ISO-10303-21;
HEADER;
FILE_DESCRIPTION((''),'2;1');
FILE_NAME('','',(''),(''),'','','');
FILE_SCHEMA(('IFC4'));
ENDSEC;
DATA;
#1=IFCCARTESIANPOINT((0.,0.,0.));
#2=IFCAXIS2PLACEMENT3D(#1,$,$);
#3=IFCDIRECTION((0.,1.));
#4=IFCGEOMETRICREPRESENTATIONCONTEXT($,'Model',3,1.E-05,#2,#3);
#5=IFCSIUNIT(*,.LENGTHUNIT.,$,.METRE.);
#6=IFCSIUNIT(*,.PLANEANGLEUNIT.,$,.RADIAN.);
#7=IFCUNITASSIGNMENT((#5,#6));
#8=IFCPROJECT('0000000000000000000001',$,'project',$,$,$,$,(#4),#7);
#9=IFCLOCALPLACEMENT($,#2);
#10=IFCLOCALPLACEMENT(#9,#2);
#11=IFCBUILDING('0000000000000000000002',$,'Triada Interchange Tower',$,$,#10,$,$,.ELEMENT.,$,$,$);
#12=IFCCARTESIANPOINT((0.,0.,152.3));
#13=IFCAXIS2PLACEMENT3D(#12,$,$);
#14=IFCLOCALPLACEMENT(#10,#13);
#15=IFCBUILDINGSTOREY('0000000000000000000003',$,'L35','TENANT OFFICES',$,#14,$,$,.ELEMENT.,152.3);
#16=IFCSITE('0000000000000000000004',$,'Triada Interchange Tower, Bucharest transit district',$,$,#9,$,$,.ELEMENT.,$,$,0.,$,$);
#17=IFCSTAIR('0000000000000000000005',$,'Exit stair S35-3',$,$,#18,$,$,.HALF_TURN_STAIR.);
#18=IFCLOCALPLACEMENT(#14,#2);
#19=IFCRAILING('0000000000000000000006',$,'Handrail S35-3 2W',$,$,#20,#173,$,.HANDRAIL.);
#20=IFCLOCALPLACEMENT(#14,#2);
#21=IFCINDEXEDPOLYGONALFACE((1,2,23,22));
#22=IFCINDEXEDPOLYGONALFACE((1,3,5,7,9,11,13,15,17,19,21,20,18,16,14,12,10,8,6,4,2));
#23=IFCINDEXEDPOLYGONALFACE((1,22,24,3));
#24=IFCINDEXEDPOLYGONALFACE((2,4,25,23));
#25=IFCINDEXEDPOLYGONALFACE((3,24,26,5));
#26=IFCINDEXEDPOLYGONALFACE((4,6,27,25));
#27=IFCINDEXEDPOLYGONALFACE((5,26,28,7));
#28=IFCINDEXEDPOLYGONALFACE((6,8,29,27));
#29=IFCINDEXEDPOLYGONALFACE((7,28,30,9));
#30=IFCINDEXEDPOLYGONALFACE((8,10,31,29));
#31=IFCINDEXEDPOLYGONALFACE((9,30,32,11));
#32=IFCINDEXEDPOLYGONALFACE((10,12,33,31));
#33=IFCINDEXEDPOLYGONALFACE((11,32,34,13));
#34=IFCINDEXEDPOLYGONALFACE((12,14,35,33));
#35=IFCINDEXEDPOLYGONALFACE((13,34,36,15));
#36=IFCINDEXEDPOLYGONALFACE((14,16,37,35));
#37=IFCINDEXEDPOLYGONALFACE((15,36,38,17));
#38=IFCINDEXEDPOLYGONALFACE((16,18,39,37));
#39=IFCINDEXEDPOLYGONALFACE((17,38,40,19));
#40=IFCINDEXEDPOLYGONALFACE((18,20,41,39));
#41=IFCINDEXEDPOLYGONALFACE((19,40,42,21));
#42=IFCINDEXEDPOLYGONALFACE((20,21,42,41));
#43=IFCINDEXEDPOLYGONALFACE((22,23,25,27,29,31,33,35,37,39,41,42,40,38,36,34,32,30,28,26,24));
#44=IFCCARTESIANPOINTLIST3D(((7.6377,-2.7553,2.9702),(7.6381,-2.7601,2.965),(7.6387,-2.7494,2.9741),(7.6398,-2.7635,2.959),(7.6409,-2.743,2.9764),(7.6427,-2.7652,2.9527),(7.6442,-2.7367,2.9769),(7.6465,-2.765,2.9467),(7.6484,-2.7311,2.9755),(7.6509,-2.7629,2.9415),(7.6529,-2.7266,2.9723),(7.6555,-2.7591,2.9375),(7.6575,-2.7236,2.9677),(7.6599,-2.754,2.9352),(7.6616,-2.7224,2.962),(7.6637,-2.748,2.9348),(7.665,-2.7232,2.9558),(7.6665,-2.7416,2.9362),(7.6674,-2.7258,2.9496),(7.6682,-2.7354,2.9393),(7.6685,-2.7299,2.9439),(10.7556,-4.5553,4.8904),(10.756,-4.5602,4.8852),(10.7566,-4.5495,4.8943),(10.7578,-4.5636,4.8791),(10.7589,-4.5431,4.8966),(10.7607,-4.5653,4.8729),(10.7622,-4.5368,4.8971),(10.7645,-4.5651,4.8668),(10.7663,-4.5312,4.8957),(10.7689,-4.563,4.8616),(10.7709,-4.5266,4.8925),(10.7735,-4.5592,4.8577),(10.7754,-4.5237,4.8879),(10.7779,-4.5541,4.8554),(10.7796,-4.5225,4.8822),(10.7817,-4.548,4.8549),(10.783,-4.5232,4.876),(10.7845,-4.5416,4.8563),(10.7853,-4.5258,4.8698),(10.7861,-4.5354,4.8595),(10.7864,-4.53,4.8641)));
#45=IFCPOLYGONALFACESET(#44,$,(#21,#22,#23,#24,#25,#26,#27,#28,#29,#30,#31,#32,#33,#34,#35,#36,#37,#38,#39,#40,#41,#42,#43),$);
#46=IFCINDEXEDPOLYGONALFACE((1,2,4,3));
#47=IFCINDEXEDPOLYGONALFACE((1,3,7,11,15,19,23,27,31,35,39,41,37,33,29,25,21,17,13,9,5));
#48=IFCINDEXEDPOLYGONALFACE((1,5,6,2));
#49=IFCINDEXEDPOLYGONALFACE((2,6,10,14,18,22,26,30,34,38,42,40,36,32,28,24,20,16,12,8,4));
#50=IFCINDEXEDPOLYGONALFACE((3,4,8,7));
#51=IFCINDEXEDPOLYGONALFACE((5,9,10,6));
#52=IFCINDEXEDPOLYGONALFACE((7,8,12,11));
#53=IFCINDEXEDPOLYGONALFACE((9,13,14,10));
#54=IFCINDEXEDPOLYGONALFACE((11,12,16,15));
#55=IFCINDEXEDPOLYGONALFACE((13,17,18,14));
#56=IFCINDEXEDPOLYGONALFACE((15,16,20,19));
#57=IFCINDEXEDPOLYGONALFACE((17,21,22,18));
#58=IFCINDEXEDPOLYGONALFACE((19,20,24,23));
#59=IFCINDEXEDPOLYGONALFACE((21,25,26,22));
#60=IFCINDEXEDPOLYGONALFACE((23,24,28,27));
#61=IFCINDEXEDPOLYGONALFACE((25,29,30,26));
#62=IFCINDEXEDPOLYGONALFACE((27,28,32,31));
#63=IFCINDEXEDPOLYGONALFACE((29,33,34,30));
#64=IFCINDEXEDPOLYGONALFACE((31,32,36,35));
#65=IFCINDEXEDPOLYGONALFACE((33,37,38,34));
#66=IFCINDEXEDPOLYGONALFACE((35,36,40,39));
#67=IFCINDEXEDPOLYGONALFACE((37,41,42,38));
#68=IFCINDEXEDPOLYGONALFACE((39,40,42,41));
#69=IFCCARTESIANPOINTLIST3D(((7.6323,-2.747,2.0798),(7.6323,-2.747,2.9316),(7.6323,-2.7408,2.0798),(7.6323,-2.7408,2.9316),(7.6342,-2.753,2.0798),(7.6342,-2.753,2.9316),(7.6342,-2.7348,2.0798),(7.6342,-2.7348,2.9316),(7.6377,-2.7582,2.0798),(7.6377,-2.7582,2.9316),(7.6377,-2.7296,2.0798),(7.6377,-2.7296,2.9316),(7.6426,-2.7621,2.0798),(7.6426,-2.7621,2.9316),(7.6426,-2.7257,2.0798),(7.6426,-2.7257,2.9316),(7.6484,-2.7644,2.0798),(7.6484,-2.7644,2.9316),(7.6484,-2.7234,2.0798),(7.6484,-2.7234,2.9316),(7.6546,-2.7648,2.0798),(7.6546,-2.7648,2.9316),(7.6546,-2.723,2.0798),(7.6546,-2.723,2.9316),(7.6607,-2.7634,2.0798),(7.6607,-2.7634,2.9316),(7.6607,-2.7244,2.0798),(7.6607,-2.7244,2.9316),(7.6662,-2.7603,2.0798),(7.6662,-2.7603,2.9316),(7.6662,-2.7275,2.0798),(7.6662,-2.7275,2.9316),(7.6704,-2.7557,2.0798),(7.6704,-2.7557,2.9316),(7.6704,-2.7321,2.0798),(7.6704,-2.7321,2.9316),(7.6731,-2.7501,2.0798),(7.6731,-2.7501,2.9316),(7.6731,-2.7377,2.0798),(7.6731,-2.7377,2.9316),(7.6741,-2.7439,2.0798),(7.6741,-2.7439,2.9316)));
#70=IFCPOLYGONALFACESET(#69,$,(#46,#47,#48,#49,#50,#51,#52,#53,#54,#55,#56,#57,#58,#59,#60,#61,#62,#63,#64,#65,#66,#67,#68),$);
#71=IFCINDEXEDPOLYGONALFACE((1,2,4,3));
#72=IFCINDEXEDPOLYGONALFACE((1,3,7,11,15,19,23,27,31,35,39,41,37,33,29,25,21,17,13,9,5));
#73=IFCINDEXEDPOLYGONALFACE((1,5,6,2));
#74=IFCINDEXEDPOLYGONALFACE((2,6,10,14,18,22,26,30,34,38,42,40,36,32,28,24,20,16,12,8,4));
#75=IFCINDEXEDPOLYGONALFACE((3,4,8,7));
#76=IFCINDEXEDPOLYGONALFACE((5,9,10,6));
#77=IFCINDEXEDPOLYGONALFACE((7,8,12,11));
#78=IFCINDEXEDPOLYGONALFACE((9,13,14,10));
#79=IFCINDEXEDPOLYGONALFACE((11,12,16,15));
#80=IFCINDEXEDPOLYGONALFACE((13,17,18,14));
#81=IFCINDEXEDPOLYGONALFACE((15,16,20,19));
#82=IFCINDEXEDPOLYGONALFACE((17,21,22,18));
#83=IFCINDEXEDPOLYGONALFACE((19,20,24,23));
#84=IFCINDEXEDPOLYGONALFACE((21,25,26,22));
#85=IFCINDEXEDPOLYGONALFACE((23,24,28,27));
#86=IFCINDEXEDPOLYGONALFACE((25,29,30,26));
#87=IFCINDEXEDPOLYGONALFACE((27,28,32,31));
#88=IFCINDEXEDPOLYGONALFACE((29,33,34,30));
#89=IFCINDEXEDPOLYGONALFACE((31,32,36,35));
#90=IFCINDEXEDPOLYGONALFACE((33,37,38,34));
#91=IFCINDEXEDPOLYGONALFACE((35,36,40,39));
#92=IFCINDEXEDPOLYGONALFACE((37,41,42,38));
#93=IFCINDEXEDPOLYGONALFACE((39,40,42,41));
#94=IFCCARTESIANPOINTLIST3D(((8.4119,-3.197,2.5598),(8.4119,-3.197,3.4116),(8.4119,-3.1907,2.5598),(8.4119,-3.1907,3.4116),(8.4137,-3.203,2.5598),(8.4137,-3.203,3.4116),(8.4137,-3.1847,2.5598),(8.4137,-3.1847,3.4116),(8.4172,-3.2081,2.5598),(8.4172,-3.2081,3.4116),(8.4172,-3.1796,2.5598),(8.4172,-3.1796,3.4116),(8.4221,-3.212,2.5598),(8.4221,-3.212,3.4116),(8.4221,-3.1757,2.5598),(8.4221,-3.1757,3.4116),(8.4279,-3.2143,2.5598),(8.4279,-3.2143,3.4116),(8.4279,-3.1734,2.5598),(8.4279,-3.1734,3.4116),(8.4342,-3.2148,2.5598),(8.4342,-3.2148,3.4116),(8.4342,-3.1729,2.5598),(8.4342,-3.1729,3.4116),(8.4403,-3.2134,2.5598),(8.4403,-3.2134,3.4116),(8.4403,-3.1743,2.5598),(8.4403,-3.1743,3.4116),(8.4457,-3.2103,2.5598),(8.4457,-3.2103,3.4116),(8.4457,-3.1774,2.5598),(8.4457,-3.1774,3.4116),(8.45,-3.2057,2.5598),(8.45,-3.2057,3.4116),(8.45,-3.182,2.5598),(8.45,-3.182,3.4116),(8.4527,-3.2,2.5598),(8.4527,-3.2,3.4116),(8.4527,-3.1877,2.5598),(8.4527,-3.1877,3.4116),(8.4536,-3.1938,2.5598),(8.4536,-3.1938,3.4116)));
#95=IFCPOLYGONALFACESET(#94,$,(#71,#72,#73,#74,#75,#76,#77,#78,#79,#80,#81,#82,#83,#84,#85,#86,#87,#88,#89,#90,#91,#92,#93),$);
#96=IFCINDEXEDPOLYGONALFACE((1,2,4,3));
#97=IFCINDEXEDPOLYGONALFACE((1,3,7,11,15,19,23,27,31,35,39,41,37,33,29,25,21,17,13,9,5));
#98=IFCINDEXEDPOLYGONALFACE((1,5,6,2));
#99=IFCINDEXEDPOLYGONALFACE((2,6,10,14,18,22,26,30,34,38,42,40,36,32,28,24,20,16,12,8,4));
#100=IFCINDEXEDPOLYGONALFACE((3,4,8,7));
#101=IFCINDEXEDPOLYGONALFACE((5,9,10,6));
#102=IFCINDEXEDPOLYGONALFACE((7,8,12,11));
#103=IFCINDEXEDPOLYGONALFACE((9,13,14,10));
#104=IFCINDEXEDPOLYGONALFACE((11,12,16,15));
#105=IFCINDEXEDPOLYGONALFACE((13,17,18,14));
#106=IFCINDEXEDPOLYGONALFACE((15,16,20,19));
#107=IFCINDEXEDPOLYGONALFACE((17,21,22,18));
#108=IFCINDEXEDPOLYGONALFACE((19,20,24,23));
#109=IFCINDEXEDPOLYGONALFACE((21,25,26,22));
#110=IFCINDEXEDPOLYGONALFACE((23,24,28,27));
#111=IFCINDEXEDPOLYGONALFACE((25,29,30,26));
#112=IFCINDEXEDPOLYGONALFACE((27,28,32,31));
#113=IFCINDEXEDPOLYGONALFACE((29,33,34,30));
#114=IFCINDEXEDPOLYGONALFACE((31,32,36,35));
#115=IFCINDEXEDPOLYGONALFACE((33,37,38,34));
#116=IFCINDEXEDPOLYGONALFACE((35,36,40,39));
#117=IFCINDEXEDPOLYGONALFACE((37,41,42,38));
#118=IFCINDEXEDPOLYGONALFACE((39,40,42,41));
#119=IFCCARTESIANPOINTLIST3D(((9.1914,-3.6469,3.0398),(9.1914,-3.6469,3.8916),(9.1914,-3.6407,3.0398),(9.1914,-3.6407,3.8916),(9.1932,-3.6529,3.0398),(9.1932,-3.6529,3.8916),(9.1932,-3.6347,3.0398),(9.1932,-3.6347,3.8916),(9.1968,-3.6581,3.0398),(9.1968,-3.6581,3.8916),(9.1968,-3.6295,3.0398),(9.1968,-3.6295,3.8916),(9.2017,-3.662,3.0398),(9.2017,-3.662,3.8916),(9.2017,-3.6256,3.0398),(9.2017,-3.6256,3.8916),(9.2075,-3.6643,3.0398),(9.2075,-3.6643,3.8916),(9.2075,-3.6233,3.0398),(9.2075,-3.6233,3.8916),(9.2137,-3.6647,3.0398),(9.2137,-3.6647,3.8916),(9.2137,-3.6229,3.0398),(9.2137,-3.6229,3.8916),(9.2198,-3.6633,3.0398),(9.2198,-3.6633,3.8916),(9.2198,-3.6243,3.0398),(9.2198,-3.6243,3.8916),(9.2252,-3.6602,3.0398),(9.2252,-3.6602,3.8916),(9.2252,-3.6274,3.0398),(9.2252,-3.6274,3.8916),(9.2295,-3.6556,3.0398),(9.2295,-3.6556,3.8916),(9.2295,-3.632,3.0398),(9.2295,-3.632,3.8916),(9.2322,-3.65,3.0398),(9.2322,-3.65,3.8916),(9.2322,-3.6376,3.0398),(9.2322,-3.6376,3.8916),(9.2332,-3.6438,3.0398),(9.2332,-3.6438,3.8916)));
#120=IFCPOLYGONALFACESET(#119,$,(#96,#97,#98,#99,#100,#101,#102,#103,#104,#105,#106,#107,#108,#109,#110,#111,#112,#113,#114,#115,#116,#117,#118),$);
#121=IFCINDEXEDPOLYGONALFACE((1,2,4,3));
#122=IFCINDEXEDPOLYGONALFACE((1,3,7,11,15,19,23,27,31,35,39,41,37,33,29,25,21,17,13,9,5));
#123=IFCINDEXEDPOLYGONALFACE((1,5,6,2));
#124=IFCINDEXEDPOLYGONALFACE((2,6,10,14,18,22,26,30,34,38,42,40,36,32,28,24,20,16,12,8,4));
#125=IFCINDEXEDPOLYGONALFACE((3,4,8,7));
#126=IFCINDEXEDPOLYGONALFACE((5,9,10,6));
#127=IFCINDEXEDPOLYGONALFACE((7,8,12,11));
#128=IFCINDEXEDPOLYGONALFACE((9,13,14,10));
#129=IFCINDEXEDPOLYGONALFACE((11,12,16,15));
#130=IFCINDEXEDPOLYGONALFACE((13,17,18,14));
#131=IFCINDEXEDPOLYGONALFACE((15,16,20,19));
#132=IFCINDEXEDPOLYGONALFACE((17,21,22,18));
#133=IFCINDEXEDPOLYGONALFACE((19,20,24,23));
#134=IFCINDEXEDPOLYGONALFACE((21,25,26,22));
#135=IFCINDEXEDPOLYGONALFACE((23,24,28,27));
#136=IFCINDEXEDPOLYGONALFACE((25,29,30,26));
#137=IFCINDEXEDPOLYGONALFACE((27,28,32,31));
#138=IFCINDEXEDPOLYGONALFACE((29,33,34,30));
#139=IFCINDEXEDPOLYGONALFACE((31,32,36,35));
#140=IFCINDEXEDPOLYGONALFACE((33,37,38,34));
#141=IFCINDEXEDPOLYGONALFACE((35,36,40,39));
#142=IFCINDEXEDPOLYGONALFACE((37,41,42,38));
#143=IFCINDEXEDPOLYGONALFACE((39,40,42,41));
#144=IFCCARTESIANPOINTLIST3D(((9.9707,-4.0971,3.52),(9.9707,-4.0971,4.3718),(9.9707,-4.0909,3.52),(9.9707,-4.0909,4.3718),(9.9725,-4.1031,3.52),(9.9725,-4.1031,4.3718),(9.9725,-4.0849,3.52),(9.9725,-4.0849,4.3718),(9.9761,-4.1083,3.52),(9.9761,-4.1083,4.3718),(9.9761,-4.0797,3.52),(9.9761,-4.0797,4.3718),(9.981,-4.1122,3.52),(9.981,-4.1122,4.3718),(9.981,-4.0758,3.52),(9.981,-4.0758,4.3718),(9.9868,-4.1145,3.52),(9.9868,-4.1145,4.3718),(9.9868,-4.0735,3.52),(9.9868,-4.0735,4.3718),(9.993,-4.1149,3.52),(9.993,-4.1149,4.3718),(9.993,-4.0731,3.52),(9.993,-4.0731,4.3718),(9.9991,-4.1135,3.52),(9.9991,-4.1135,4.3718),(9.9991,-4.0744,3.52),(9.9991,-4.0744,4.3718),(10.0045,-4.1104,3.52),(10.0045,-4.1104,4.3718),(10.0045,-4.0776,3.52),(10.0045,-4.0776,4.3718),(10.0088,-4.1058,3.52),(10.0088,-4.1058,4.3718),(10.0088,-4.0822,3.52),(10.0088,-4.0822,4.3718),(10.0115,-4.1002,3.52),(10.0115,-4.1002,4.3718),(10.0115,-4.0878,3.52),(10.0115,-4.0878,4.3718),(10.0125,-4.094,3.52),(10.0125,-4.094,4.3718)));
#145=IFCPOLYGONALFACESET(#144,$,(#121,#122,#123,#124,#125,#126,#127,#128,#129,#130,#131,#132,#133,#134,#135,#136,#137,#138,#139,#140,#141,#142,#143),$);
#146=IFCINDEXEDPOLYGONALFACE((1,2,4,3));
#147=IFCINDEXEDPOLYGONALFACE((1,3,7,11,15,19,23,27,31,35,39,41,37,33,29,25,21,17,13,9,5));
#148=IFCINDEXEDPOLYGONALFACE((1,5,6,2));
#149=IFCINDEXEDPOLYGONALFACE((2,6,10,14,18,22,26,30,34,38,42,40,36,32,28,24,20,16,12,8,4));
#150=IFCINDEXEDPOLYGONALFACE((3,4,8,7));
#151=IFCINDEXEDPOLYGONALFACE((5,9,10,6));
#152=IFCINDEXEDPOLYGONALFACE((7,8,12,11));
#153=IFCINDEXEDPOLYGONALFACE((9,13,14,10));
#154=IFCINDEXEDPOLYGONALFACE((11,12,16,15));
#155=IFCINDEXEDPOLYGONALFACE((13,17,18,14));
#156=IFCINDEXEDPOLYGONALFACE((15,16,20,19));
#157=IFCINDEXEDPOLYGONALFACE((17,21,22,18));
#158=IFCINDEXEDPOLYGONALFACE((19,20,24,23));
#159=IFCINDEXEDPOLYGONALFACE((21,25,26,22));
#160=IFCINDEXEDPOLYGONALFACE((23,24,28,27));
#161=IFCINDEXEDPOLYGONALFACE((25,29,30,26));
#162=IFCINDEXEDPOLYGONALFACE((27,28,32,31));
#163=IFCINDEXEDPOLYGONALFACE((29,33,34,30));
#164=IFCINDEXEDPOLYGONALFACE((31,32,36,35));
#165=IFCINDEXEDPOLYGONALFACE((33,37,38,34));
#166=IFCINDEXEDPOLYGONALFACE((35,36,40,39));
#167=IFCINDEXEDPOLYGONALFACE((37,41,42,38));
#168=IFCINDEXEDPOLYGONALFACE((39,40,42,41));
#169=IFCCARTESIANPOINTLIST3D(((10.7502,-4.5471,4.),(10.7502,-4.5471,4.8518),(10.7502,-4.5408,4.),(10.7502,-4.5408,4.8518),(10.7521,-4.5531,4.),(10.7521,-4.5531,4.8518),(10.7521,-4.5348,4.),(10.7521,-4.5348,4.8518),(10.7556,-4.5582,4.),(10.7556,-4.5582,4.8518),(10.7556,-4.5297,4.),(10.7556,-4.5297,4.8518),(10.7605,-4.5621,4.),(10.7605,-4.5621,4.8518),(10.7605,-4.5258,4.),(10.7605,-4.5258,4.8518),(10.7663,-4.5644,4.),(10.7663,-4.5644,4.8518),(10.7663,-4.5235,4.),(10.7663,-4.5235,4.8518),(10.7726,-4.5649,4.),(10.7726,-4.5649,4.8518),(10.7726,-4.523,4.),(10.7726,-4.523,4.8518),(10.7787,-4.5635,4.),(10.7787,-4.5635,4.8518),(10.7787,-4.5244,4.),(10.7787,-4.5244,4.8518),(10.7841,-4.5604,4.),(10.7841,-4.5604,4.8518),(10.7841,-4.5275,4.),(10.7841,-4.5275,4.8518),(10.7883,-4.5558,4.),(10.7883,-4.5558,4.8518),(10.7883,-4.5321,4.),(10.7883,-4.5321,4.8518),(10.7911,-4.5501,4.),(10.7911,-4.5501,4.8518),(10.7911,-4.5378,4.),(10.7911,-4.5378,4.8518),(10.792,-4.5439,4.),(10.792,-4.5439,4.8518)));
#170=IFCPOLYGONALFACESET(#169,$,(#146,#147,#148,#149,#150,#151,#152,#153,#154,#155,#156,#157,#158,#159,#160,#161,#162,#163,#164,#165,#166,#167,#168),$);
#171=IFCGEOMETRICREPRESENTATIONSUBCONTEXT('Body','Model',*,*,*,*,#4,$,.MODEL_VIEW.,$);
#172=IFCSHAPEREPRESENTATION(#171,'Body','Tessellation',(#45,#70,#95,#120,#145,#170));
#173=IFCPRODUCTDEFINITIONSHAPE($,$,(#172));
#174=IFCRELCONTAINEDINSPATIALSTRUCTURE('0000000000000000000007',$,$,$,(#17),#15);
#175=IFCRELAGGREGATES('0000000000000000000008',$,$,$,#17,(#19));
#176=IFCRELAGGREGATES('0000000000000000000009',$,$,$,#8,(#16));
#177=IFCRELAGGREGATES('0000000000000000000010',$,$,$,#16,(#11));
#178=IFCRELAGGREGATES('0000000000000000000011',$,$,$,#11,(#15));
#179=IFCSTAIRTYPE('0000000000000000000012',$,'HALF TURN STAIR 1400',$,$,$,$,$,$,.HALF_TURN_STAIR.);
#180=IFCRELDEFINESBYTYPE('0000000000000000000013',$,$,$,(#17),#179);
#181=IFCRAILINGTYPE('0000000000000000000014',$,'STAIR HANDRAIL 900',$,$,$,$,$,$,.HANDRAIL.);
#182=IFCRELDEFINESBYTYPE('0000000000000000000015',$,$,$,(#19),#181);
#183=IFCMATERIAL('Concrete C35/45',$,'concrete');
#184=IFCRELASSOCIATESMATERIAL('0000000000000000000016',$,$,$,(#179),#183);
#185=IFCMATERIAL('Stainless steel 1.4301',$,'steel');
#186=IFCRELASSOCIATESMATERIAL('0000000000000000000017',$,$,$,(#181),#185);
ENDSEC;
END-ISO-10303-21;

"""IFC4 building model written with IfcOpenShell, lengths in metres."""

from ifc_helpers import new_model, si_unit, direction, frame, origin, origin_2d, place, context, subcontext, project, spatial, circle, extrude, material, type_object, element, aggregate, save


model = new_model("IFC4")

# Units and contexts
model_context = context("Model", 3, precision=1e-05, world=origin(), true_north=direction((0.0, 1.0)))
body_context = subcontext(model_context, "Body", "Model", "MODEL_VIEW")
ifc_project = project(units=[si_unit("LENGTHUNIT", "METRE"), si_unit("PLANEANGLEUNIT", "RADIAN")], contexts=[model_context])

# Site, building, storey
site_placement = place(None, origin())
site = spatial("IfcSite", under=ifc_project, at=site_placement, Name="Triada Interchange Tower, Bucharest transit district", CompositionType="ELEMENT", RefElevation=0.0)
building_placement = place(site_placement, origin())
building = spatial("IfcBuilding", under=site, at=building_placement, Name="Triada Interchange Tower", CompositionType="ELEMENT")
storey_placement = place(building_placement, frame((0.0, 0.0, 152.3)))
storey = spatial("IfcBuildingStorey", under=building, at=storey_placement, Name="L35", Description="TENANT OFFICES", CompositionType="ELEMENT", Elevation=152.3)

# Stair
ifc_material_1 = material(Name="Concrete C35/45", Category="concrete")
stair_type = type_object("IfcStairType", Name="HALF TURN STAIR 1400", PredefinedType="HALF_TURN_STAIR", material=ifc_material_1)
stair_1_placement = place(storey_placement, origin())
stair_1 = element("IfcStair", 1, at=stair_1_placement, inside=storey, type_object=stair_type, Name="Exit stair S35-3", PredefinedType="HALF_TURN_STAIR")

# Railing
ifc_material_2 = material(Name="Stainless steel 1.4301", Category="steel")
railing_type = type_object("IfcRailingType", Name="STAIR HANDRAIL 900", PredefinedType="HANDRAIL", material=ifc_material_2)
railing_placement = place(storey_placement, frame((7.6531, -2.7439, 2.0798)))
railing = element("IfcRailing", 2, at=railing_placement, type_object=railing_type, Name="Handrail S35-3 2W", PredefinedType="HANDRAIL", context=body_context, shape_type="SweptSolid", body=[
    extrude(circle(Radius=0.0239, at=origin_2d()), frame((0.0, 0.0, 0.876), z_axis=(0.764145, -0.441159, 0.470597), x_axis=(0.499983, 0.866035, 0.0)), (0.0, 0.0, 1.0), 4.0803),
    extrude(circle(Radius=0.021, at=origin_2d()), origin(), (0.0, 0.0, 1.0), 0.8518),
    extrude(circle(Radius=0.021, at=origin_2d()), frame((0.7795, -0.45, 0.48)), (0.0, 0.0, 1.0), 0.8518),
    extrude(circle(Radius=0.021, at=origin_2d()), frame((1.5591, -0.8999, 0.96)), (0.0, 0.0, 1.0), 0.8518),
    extrude(circle(Radius=0.021, at=origin_2d()), frame((2.3384, -1.3501, 1.4402)), (0.0, 0.0, 1.0), 0.8518),
    extrude(circle(Radius=0.021, at=origin_2d()), frame((3.1179, -1.8, 1.9202)), (0.0, 0.0, 1.0), 0.8518),
])
aggregate(stair_1, [railing])

save(model, "model.ifc")
